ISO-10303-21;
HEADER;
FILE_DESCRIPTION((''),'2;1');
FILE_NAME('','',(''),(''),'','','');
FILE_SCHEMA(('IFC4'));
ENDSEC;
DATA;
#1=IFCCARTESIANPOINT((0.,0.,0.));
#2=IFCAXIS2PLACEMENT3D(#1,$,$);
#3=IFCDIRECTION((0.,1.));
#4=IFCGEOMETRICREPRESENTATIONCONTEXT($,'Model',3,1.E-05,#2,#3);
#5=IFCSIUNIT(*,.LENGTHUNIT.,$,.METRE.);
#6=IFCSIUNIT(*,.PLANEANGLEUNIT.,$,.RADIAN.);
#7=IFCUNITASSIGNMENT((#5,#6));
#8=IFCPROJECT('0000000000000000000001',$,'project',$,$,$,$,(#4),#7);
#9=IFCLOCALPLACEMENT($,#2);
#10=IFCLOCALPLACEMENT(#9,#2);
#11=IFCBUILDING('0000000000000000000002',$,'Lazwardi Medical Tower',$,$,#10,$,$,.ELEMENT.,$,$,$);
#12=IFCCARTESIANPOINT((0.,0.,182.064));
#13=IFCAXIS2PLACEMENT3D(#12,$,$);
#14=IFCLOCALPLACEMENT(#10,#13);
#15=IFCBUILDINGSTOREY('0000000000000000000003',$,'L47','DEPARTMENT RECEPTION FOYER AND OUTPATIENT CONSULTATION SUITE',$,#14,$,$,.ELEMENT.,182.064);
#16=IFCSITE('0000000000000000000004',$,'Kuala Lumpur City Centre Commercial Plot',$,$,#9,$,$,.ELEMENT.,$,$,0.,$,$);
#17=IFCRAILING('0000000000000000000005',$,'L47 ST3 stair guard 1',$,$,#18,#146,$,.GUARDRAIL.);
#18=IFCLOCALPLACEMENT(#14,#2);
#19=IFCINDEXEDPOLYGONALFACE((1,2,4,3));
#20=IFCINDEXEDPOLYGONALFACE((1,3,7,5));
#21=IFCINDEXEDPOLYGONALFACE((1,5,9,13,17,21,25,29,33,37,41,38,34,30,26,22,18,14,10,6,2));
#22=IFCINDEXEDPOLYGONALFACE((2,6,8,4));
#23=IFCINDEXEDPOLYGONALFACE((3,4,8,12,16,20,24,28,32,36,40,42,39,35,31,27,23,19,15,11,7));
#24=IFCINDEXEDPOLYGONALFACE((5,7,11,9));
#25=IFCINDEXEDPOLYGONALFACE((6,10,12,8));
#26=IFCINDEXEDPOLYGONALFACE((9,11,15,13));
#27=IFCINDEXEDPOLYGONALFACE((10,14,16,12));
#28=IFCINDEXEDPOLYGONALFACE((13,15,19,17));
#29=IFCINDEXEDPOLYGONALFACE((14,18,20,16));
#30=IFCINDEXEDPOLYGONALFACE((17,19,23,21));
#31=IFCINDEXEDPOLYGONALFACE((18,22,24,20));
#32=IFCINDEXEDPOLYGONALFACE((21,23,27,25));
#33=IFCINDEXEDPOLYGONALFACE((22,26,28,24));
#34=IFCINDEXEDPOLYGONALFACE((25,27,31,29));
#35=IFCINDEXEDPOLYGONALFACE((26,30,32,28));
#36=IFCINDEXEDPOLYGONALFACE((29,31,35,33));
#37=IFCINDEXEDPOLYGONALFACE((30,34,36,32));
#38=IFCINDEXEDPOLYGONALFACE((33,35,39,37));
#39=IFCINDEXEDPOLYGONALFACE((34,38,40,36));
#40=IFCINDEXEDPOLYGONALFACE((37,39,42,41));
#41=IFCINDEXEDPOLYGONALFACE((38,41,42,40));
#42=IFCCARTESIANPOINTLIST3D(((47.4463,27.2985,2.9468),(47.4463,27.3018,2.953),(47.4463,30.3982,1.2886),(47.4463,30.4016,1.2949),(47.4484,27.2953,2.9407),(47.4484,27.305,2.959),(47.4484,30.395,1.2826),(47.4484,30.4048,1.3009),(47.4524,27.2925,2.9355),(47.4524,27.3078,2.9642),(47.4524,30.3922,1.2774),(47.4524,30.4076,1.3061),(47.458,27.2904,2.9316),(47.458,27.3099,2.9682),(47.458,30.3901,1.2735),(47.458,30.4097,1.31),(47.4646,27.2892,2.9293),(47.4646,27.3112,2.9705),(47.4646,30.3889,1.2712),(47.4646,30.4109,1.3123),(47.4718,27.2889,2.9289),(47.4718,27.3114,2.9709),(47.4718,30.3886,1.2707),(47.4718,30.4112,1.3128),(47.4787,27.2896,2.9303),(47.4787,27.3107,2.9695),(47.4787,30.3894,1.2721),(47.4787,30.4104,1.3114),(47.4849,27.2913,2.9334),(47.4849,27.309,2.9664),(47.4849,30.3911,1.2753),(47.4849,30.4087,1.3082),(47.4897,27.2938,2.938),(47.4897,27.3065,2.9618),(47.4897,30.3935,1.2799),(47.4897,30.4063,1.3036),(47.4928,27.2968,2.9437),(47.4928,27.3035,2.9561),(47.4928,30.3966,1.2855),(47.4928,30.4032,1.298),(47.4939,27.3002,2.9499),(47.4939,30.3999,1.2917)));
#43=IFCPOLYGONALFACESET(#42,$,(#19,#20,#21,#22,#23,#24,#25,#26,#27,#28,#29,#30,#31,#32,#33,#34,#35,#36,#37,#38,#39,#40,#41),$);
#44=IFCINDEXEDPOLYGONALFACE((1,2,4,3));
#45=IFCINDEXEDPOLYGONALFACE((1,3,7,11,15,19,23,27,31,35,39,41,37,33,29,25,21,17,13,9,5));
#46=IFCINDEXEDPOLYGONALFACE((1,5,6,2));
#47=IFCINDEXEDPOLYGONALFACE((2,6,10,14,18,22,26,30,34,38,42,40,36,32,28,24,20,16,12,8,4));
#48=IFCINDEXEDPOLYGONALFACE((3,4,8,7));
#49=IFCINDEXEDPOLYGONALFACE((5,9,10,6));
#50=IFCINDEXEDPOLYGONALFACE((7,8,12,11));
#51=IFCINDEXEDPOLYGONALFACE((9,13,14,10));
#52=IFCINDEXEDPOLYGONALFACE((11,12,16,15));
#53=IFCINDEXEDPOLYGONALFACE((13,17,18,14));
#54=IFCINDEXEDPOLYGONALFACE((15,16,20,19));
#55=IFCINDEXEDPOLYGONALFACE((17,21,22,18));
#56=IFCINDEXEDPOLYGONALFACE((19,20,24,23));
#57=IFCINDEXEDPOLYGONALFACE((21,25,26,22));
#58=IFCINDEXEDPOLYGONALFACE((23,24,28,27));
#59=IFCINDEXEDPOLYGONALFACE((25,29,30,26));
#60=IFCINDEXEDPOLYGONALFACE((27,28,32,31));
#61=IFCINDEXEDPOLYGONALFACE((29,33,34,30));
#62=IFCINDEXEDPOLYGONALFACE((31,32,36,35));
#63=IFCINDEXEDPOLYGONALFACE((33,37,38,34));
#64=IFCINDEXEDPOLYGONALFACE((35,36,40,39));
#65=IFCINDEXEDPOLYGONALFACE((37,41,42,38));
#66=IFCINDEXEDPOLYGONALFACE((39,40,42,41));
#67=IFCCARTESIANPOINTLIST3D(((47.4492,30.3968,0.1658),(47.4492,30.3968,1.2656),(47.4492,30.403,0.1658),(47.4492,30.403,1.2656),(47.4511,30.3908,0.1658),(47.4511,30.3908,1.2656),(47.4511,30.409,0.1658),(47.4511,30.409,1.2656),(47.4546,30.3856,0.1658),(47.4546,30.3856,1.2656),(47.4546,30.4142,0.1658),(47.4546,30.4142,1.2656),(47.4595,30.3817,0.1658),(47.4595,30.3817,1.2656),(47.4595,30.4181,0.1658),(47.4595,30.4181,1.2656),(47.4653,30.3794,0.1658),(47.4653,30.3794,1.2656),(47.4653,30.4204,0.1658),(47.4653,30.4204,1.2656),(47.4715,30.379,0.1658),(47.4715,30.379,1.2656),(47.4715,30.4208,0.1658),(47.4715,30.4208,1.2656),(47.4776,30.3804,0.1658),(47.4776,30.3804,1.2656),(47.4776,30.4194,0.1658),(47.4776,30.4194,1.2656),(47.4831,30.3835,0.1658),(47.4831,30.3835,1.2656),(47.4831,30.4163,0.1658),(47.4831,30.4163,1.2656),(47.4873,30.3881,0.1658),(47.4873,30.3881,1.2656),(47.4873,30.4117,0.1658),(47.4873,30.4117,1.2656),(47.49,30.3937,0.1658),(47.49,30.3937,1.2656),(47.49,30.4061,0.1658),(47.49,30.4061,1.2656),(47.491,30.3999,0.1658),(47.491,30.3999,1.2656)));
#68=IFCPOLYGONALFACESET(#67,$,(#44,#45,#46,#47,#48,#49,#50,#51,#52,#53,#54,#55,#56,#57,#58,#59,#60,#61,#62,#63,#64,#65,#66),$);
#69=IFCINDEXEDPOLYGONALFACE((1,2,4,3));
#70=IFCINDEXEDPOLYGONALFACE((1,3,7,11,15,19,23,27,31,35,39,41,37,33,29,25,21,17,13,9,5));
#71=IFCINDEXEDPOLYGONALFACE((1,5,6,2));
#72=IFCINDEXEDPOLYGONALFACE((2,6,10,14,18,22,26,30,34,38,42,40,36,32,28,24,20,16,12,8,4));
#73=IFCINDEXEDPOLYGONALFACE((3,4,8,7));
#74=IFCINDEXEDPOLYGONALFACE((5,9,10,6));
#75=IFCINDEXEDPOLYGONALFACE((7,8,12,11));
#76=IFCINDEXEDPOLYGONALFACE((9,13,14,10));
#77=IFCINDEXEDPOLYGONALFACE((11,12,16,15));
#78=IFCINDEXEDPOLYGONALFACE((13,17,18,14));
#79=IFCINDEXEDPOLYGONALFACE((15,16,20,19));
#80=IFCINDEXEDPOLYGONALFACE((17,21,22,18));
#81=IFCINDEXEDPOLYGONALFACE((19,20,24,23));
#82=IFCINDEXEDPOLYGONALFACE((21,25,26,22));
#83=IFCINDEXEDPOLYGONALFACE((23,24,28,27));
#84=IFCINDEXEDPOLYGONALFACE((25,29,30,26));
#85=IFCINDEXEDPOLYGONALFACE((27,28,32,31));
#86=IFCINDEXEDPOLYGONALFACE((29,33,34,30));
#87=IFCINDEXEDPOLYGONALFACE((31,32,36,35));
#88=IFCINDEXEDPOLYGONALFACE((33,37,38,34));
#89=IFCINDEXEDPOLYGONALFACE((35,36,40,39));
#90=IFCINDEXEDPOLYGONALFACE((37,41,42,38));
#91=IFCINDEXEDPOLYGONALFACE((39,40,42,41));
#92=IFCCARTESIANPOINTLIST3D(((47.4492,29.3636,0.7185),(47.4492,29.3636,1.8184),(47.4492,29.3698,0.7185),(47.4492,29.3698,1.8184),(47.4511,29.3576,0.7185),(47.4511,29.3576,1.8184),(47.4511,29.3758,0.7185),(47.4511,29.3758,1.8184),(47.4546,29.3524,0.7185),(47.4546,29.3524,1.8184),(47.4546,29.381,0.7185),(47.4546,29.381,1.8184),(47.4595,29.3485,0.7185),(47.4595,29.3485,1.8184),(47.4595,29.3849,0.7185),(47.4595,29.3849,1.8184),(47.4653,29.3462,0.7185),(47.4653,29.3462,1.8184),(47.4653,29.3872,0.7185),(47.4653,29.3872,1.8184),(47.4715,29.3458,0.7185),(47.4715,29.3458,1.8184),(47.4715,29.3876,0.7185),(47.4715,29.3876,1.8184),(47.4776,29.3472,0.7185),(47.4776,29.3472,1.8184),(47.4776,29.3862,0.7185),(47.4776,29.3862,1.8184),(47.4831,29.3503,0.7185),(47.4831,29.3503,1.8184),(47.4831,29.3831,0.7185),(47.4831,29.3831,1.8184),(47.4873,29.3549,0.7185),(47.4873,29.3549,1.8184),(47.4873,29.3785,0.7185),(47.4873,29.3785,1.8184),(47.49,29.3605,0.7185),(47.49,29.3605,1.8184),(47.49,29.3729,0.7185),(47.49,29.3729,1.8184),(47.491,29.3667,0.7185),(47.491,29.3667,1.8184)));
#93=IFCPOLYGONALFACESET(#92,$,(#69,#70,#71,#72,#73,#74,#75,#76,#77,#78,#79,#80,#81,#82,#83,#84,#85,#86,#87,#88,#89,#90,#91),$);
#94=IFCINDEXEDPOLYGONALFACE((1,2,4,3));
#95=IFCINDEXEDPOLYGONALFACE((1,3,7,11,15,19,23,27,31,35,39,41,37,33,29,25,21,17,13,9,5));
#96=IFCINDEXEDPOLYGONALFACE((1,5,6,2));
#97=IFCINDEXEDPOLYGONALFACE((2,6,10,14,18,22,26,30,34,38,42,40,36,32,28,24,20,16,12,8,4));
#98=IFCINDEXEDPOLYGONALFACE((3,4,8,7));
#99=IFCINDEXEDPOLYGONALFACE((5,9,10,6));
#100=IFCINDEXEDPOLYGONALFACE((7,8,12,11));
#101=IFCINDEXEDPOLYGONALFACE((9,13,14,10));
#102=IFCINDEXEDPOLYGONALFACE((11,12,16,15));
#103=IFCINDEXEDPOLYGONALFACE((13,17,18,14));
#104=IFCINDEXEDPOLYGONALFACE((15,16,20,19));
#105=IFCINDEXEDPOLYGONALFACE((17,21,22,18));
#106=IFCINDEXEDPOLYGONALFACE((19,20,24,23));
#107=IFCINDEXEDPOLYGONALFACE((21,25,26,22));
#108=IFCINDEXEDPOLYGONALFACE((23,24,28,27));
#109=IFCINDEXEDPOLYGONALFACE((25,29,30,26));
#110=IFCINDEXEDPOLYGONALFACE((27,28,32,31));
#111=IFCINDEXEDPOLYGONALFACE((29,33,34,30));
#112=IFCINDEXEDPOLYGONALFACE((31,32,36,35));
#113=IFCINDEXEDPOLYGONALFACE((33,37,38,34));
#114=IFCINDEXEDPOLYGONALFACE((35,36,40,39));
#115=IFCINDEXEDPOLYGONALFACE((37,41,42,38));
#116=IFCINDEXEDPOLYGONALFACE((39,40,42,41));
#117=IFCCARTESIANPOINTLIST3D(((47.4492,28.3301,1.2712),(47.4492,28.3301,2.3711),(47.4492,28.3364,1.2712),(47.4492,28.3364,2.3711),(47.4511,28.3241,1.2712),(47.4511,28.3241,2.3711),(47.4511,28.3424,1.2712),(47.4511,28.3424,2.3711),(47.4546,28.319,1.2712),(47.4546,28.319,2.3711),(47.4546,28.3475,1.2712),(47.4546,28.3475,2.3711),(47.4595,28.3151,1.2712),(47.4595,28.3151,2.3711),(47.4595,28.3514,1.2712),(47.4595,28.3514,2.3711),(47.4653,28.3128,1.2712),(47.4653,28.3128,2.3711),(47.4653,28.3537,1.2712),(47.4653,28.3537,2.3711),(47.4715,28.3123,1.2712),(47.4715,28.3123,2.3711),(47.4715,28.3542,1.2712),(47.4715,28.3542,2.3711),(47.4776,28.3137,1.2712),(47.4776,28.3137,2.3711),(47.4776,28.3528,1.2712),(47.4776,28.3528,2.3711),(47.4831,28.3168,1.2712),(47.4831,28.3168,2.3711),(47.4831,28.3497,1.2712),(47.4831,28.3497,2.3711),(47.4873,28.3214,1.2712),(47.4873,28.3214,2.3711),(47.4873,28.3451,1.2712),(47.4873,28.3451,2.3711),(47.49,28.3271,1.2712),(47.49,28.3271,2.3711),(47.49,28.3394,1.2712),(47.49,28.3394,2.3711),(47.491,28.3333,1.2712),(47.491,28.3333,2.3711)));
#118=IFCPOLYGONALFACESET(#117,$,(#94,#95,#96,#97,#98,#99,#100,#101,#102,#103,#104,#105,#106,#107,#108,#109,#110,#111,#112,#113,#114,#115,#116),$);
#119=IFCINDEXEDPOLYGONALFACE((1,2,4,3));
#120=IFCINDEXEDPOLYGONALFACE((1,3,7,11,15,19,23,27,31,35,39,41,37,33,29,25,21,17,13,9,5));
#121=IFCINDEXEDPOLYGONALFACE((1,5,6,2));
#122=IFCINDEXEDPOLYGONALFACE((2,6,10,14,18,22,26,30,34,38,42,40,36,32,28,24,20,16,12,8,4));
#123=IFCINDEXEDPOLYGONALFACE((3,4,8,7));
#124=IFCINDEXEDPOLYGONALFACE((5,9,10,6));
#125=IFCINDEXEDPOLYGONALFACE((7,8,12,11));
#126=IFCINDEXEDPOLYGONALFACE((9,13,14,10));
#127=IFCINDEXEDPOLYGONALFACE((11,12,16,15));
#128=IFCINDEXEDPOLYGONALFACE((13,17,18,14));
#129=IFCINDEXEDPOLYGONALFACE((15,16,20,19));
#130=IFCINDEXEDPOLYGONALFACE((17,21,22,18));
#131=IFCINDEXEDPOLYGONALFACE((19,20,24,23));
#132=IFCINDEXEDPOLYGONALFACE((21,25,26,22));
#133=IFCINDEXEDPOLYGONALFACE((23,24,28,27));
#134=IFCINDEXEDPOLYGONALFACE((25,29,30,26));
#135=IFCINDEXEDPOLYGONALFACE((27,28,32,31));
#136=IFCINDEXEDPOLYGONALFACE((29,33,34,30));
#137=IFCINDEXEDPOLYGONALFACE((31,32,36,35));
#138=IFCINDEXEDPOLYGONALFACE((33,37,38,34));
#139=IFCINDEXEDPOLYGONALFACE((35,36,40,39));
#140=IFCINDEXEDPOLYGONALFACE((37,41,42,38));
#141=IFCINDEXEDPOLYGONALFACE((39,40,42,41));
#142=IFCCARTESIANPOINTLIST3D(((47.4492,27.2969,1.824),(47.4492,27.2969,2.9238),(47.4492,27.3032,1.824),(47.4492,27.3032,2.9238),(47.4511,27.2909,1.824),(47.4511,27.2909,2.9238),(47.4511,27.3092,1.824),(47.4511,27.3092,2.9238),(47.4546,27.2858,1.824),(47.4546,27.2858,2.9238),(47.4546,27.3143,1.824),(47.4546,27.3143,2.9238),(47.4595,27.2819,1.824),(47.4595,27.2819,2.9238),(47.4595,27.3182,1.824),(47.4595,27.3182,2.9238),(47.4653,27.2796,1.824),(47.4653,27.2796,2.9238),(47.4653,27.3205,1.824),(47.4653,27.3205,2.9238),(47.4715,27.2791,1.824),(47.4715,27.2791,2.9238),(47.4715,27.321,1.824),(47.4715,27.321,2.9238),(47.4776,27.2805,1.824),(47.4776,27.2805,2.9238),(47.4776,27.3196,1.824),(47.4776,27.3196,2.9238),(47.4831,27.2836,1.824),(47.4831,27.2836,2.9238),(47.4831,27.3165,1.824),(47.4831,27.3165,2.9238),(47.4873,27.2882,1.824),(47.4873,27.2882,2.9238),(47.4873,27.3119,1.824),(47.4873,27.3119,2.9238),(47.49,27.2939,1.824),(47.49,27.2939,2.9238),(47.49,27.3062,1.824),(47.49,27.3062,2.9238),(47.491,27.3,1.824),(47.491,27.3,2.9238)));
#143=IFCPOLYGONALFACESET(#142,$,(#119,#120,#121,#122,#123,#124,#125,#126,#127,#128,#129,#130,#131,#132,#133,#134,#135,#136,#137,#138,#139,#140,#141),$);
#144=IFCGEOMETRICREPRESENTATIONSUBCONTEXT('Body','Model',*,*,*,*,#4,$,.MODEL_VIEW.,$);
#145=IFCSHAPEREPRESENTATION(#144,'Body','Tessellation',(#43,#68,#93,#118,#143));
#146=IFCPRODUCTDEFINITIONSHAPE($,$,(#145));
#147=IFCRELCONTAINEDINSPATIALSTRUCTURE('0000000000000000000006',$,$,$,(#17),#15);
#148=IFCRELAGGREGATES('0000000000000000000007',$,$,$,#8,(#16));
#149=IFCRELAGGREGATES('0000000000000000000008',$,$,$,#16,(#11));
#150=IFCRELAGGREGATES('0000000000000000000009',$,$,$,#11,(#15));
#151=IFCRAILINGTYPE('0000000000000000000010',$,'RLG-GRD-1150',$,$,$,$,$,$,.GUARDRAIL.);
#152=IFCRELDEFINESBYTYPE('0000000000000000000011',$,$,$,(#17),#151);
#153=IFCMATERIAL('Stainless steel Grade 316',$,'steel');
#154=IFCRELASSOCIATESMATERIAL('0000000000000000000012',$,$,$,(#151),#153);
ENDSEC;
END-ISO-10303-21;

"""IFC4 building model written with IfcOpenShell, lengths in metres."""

from ifc_helpers import new_model, si_unit, direction, frame, origin, origin_2d, place, context, subcontext, project, spatial, circle, extrude, material, type_object, element, save


model = new_model("IFC4")

# Units and contexts
model_context = context("Model", 3, precision=1e-05, world=origin(), true_north=direction((0.0, 1.0)))
body_context = subcontext(model_context, "Body", "Model", "MODEL_VIEW")
ifc_project = project(units=[si_unit("LENGTHUNIT", "METRE"), si_unit("PLANEANGLEUNIT", "RADIAN")], contexts=[model_context])

# Site, building, storey
site_placement = place(None, origin())
site = spatial("IfcSite", under=ifc_project, at=site_placement, Name="Kuala Lumpur City Centre Commercial Plot", CompositionType="ELEMENT", RefElevation=0.0)
building_placement = place(site_placement, origin())
building = spatial("IfcBuilding", under=site, at=building_placement, Name="Lazwardi Medical Tower", CompositionType="ELEMENT")
storey_placement = place(building_placement, frame((0.0, 0.0, 182.064)))
storey = spatial("IfcBuildingStorey", under=building, at=storey_placement, Name="L47", Description="DEPARTMENT RECEPTION FOYER AND OUTPATIENT CONSULTATION SUITE", CompositionType="ELEMENT", Elevation=182.064)

# Railing
ifc_material_1 = material(Name="Stainless steel Grade 316", Category="steel")
railing_type = type_object("IfcRailingType", Name="RLG-GRD-1150", PredefinedType="GUARDRAIL", material=ifc_material_1)
railing_1_placement = place(storey_placement, frame((47.47, 30.3999, 0.1658)))
element("IfcRailing", 1, at=railing_1_placement, inside=storey, type_object=railing_type, Name="L47 ST3 stair guard 1", PredefinedType="GUARDRAIL", context=body_context, shape_type="SweptSolid", body=[
    extrude(circle(Radius=0.0239, at=origin_2d()), frame((0.0, 0.0, 1.126), z_axis=(0.0, -0.881768, 0.471684), x_axis=(1.0, 0.0, 0.0)), (0.0, 0.0, 1.0), 3.5154),
    extrude(circle(Radius=0.021, at=origin_2d()), origin(), (0.0, 0.0, 1.0), 1.0999),
    extrude(circle(Radius=0.021, at=origin_2d()), frame((0.0, -1.0332, 0.5527)), (0.0, 0.0, 1.0), 1.0999),
    extrude(circle(Radius=0.021, at=origin_2d()), frame((0.0, -2.0667, 1.1055)), (0.0, 0.0, 1.0), 1.0999),
    extrude(circle(Radius=0.021, at=origin_2d()), frame((0.0, -3.0999, 1.6582)), (0.0, 0.0, 1.0), 1.0999),
])

save(model, "model.ifc")
